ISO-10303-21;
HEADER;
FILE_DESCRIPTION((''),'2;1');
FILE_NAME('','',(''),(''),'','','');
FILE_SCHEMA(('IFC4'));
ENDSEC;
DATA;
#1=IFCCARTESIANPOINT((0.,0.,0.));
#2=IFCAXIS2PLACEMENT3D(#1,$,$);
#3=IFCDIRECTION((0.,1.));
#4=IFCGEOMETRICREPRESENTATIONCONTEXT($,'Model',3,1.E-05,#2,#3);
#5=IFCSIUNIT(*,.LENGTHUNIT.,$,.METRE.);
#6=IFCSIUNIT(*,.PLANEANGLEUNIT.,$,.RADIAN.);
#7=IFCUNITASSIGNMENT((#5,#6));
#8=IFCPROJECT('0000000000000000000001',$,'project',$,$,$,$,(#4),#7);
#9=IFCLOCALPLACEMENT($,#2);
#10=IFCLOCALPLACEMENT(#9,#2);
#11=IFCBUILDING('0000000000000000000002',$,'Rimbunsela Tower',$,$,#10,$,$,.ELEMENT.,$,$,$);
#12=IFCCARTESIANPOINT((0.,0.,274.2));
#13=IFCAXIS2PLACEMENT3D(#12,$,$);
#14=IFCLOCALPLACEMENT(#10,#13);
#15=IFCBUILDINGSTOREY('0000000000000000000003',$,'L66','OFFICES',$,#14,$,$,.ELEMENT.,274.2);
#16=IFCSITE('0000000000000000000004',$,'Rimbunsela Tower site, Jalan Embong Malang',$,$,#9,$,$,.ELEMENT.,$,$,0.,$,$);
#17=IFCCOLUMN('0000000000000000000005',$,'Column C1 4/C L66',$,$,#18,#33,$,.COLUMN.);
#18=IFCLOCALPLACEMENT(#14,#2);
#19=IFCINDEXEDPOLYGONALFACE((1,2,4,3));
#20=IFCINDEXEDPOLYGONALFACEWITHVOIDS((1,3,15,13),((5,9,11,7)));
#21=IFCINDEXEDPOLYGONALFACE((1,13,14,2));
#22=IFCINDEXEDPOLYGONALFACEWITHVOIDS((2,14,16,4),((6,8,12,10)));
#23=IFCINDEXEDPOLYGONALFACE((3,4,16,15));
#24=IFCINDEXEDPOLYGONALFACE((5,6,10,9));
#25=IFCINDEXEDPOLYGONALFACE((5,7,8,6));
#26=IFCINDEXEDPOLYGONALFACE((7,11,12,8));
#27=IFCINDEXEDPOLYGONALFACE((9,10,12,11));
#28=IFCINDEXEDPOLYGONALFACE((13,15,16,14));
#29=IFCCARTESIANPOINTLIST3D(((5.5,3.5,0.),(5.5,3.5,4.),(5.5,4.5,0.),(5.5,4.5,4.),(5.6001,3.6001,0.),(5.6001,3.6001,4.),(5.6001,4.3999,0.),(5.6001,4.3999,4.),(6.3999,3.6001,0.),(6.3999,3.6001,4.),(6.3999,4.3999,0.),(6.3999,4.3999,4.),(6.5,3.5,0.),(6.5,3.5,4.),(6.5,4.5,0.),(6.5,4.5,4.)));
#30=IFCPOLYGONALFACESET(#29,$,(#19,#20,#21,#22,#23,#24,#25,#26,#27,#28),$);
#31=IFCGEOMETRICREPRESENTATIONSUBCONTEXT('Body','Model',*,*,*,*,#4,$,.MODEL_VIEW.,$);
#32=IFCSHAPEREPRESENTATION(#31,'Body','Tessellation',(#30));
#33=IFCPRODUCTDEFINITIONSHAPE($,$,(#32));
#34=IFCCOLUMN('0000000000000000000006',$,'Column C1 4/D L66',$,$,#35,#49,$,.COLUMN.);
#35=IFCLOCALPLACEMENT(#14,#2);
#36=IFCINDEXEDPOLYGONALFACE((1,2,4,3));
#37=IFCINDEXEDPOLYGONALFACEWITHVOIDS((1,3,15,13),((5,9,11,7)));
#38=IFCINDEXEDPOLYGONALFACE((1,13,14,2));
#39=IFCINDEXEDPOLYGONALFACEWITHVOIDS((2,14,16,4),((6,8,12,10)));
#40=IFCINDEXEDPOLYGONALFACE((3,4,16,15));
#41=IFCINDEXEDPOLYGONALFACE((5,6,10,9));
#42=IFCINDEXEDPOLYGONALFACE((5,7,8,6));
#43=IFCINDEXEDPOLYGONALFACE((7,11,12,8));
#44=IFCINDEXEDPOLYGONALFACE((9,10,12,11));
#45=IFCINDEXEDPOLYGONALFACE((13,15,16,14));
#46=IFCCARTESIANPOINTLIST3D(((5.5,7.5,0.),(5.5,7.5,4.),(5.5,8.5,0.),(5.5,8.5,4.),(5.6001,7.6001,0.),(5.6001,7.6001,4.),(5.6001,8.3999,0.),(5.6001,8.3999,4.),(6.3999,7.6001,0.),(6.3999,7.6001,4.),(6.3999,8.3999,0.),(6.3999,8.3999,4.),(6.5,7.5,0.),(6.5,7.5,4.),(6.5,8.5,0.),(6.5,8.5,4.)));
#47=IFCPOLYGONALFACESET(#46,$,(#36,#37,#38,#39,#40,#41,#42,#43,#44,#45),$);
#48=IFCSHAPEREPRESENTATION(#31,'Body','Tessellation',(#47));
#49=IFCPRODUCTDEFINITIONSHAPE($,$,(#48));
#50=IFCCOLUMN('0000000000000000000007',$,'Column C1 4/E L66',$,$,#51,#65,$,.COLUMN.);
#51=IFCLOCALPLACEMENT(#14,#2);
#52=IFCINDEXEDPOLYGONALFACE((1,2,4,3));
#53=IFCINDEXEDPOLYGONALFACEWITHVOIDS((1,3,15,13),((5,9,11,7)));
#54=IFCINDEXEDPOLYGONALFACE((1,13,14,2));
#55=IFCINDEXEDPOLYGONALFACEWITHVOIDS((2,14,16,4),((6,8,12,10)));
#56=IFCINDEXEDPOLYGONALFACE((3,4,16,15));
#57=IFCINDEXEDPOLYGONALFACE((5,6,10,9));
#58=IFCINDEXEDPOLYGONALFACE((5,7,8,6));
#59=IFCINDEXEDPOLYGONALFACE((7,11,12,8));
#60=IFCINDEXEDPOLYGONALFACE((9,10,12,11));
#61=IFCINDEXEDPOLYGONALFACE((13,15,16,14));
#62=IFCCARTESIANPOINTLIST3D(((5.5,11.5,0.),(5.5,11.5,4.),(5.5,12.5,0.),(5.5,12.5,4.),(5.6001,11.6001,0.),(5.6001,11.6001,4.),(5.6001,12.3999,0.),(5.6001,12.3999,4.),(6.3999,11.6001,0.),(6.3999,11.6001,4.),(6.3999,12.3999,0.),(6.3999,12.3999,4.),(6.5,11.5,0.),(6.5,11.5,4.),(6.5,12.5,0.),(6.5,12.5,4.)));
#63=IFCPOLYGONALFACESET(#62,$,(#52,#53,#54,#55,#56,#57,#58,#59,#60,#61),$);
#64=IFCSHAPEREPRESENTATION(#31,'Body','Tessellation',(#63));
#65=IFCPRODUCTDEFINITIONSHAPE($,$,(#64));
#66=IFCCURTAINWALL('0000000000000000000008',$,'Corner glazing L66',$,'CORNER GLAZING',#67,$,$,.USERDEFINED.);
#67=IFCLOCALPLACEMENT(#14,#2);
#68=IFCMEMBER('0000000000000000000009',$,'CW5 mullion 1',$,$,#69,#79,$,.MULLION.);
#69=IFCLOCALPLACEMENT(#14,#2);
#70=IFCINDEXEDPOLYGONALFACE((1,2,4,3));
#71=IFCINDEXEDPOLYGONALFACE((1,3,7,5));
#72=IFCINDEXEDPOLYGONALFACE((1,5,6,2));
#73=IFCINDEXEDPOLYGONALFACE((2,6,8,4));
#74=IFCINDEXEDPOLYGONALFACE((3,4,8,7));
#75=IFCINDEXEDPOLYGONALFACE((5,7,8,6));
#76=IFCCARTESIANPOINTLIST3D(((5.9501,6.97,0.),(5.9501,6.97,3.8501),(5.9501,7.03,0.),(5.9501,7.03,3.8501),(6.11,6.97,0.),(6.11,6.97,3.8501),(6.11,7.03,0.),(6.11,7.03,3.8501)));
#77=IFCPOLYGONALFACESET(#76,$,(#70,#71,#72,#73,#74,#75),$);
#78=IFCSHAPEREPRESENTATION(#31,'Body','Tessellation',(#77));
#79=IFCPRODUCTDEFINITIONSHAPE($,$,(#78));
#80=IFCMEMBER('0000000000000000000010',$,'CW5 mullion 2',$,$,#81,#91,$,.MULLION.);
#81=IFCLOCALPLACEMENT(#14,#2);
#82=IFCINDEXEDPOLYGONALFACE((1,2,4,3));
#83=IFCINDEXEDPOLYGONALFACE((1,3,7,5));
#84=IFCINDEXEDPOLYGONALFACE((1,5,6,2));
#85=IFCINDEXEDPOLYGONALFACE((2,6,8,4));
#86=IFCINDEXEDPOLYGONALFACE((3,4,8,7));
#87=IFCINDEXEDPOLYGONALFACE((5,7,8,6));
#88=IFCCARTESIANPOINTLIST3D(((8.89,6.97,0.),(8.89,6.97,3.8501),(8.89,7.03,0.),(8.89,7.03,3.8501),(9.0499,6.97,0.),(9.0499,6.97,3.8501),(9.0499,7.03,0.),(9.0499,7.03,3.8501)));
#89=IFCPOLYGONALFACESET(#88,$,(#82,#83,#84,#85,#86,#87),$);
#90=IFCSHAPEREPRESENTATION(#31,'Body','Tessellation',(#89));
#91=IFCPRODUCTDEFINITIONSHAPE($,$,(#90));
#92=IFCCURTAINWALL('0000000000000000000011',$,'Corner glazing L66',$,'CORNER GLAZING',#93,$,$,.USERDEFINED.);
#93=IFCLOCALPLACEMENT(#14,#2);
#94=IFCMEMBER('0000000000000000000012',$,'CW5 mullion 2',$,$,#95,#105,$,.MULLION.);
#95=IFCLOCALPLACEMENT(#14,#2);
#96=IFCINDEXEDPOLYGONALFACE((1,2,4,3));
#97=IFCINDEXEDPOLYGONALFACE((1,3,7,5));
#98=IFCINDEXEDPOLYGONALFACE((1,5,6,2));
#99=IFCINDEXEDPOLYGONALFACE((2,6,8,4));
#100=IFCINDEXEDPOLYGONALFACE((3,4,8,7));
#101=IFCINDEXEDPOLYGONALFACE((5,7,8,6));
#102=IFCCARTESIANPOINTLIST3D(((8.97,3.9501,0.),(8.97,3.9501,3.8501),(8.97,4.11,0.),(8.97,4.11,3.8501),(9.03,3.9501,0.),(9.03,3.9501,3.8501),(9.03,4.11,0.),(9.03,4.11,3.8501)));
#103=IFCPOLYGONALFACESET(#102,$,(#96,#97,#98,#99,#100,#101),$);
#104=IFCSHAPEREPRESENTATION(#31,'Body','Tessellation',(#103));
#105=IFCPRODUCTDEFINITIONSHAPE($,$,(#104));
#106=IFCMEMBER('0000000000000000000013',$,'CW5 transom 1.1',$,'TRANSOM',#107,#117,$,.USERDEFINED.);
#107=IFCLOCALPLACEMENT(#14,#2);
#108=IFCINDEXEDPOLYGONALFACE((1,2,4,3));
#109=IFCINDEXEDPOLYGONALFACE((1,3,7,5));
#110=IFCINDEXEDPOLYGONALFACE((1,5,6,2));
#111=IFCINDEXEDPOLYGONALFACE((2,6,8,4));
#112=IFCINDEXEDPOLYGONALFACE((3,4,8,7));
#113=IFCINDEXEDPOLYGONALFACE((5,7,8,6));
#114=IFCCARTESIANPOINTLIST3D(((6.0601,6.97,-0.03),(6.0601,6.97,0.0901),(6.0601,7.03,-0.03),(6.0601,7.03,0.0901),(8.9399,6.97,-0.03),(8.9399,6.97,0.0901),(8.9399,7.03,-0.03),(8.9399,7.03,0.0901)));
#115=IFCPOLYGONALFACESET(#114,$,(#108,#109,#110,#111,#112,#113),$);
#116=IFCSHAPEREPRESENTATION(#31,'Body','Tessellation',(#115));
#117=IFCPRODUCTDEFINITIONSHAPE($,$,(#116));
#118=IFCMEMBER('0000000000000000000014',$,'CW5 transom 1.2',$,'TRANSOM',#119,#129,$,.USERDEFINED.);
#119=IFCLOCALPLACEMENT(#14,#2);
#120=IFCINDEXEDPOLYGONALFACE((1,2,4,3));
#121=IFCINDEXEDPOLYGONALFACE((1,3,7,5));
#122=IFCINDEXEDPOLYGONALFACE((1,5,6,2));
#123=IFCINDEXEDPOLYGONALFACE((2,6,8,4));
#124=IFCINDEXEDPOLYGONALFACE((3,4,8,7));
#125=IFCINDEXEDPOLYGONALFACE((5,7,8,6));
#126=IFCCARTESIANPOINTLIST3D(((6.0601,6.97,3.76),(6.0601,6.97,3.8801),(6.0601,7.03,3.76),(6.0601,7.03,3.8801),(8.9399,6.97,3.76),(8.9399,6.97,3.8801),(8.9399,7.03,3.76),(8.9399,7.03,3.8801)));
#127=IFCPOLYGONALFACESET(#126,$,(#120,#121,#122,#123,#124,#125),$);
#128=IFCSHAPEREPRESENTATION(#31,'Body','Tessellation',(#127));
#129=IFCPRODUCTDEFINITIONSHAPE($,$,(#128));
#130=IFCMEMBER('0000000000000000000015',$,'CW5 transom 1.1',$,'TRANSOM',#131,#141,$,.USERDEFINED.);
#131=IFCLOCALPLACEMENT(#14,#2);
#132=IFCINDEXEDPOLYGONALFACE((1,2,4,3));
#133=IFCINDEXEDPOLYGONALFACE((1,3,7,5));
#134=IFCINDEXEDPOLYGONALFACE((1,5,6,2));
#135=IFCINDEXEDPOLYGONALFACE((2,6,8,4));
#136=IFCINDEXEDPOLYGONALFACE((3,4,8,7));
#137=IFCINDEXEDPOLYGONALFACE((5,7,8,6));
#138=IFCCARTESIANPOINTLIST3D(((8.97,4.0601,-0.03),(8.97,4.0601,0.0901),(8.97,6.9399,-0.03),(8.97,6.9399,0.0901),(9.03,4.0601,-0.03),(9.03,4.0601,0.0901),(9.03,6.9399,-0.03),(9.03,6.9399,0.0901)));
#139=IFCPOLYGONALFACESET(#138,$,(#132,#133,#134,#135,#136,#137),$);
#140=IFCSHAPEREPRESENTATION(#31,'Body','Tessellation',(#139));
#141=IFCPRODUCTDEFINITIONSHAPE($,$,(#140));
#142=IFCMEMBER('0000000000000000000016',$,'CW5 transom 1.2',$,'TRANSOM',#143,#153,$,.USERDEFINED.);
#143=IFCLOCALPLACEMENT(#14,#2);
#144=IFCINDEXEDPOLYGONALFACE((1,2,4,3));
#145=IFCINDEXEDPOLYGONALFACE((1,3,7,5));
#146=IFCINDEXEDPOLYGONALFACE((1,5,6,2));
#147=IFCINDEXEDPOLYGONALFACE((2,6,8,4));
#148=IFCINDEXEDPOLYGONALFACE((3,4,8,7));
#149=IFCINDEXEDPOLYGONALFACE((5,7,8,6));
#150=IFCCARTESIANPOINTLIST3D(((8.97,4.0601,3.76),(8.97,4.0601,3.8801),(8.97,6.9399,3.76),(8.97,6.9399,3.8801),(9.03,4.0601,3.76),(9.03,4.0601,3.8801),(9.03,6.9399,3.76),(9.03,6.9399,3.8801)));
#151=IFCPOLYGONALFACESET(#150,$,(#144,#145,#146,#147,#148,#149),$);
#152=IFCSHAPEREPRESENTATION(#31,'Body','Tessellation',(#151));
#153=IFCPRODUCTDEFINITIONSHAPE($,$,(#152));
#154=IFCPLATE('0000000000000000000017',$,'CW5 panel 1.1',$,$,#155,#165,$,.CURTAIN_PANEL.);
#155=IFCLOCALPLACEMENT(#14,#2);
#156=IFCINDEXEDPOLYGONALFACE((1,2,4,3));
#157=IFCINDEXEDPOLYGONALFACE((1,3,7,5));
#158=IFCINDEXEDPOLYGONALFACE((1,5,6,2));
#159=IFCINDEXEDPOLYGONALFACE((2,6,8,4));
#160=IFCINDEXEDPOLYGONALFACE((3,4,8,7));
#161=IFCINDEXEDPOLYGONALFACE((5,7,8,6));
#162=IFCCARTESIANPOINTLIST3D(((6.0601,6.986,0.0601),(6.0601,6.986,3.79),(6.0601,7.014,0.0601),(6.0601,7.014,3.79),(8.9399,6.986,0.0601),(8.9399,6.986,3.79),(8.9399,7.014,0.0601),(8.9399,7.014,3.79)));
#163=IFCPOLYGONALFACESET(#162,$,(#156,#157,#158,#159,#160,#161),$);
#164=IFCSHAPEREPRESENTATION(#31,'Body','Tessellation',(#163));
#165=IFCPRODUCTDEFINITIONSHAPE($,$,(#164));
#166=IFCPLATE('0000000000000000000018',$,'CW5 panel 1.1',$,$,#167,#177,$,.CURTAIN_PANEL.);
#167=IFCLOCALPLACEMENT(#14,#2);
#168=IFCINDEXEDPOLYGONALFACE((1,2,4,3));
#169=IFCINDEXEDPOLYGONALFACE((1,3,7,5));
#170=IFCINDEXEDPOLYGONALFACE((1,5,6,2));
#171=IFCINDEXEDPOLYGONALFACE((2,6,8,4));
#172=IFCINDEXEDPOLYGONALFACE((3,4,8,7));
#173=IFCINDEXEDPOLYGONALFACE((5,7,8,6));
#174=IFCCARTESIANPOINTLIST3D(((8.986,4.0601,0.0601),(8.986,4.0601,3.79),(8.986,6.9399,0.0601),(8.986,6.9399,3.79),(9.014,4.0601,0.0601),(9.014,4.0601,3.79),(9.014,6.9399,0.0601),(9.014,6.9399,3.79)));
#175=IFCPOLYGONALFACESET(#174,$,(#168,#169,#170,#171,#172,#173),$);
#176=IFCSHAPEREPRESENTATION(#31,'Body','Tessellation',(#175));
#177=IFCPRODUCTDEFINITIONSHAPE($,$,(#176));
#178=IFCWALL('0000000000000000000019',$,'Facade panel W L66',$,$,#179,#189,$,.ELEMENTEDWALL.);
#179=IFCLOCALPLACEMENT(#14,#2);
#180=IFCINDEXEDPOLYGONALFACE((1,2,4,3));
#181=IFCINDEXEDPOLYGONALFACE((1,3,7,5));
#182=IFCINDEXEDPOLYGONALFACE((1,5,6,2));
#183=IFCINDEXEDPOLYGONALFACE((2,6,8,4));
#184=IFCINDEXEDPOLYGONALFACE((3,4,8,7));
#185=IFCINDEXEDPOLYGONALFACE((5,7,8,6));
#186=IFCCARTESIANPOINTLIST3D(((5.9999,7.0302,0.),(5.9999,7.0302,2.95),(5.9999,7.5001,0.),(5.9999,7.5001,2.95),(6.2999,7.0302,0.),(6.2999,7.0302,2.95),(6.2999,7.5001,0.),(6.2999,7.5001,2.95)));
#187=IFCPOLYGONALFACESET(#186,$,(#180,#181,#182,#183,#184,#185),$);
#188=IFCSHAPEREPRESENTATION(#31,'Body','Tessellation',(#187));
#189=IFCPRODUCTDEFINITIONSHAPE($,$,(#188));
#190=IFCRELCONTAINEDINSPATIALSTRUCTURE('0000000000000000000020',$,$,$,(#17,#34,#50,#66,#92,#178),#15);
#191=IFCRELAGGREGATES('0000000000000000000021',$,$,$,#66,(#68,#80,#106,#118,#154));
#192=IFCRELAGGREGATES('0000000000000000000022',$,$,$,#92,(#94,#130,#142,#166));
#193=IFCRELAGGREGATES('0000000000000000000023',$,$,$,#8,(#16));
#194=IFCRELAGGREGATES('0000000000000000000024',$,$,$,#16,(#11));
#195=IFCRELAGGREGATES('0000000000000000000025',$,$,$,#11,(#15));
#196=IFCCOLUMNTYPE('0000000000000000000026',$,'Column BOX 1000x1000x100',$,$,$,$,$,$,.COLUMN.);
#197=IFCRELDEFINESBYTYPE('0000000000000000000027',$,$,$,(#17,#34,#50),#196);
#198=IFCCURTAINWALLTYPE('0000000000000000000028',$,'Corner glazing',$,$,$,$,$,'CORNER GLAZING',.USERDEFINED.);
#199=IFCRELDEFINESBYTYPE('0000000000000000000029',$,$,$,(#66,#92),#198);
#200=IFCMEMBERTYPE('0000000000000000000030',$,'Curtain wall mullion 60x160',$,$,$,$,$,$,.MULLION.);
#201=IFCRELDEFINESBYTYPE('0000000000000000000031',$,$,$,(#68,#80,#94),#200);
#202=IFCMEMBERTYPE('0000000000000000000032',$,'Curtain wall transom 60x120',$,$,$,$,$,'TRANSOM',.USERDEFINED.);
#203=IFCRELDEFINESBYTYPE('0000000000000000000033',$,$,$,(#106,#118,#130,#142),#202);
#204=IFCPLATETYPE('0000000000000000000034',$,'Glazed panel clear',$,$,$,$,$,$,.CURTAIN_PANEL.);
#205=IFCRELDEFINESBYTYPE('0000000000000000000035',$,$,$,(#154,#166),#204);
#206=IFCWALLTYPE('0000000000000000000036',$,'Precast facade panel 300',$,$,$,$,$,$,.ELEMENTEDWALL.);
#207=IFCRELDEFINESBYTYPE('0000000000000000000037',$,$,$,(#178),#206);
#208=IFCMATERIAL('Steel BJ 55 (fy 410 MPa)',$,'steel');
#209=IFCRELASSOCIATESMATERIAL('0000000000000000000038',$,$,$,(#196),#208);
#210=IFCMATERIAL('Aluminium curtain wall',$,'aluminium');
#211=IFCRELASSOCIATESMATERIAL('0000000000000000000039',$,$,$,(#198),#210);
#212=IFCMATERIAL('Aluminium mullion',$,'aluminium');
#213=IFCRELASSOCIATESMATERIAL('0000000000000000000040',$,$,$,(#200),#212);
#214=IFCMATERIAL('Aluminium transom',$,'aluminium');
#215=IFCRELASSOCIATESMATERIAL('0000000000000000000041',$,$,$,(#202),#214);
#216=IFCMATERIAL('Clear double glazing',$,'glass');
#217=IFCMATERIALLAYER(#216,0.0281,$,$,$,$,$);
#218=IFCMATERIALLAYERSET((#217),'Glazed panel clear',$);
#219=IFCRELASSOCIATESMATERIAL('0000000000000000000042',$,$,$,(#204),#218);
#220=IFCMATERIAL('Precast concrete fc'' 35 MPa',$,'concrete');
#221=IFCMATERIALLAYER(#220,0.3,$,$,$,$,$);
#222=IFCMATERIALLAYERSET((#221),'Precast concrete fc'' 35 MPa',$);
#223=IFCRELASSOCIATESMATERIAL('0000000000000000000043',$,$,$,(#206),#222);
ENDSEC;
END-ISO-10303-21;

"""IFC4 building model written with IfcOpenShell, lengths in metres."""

from ifc_helpers import new_model, si_unit, direction, frame, frame_2d, origin, origin_2d, place, context, subcontext, project, spatial, rectangle, hollow_rectangle, extrude, material, layer, layer_set, material_profile, profile_set, type_object, element, aggregate, save


model = new_model("IFC4")

# Units and contexts
model_context = context("Model", 3, precision=1e-05, world=origin(), true_north=direction((0.0, 1.0)))
body_context = subcontext(model_context, "Body", "Model", "MODEL_VIEW")
ifc_project = project(units=[si_unit("LENGTHUNIT", "METRE"), si_unit("PLANEANGLEUNIT", "RADIAN")], contexts=[model_context])

# Site, building, storey
site_placement = place(None, origin())
site = spatial("IfcSite", under=ifc_project, at=site_placement, Name="Rimbunsela Tower site, Jalan Embong Malang", CompositionType="ELEMENT", RefElevation=0.0)
building_placement = place(site_placement, origin())
building = spatial("IfcBuilding", under=site, at=building_placement, Name="Rimbunsela Tower", CompositionType="ELEMENT")
storey_placement = place(building_placement, frame((0.0, 0.0, 274.2)))
storey = spatial("IfcBuildingStorey", under=building, at=storey_placement, Name="L66", Description="OFFICES", CompositionType="ELEMENT", Elevation=274.2)

# Columns
ifc_material_1 = material(Name="Steel BJ 55 (fy 410 MPa)", Category="steel")
ifc_material_profile_1 = material_profile(ifc_material_1, hollow_rectangle(XDim=1.0, YDim=1.0, WallThickness=0.1001, at=origin_2d()), Name="BOX 1000x1000x100")
ifc_profile_set_1 = profile_set([ifc_material_profile_1], Name="Steel BJ 55 (fy 410 MPa)")
column_type = type_object("IfcColumnType", Name="Column BOX 1000x1000x100", PredefinedType="COLUMN", material=ifc_profile_set_1)
for number, where, z_axis, x_axis, name in (
    (1, (6.0, 4.0, 0.0), (0.0, 0.0, 1.0), (1.0, 0.0, 0.0), "Column C1 4/C L66"),
    (2, (6.0, 8.0, 0.0), (0.0, 0.0, 1.0), (1.0, 0.0, 0.0), "Column C1 4/D L66"),
    (3, (6.0, 12.0, 0.0), (0.0, 0.0, 1.0), (1.0, 0.0, 0.0), "Column C1 4/E L66"),
):
    element("IfcColumn", number, at=place(storey_placement, frame(where, z_axis=z_axis, x_axis=x_axis)), inside=storey, type_object=column_type, Name=name, PredefinedType="COLUMN", context=body_context, shape_type="SweptSolid", body=[
        extrude(hollow_rectangle(XDim=1.0, YDim=1.0, WallThickness=0.1001, at=origin_2d()), origin(), (0.0, 0.0, 1.0), 4.0),
    ])

# Curtain wall, members
ifc_material_2 = material(Name="Aluminium curtain wall", Category="aluminium")
curtain_wall_type = type_object("IfcCurtainWallType", Name="Corner glazing", ElementType="CORNER GLAZING", PredefinedType="USERDEFINED", material=ifc_material_2)
curtain_wall_1_placement = place(storey_placement, origin())
curtain_wall_1 = element("IfcCurtainWall", 4, at=curtain_wall_1_placement, inside=storey, type_object=curtain_wall_type, Name="Corner glazing L66", ObjectType="CORNER GLAZING", PredefinedType="USERDEFINED")
ifc_material_3 = material(Name="Aluminium mullion", Category="aluminium")
ifc_material_profile_2 = material_profile(ifc_material_3, rectangle(XDim=0.0601, YDim=0.1599, at=origin_2d()), Name="Mullion 60x160")
ifc_profile_set_2 = profile_set([ifc_material_profile_2], Name="Aluminium mullion")
member_type_1 = type_object("IfcMemberType", Name="Curtain wall mullion 60x160", PredefinedType="MULLION", material=ifc_profile_set_2)
member_1_placement = place(storey_placement, frame((6.03, 7.0, 0.0), z_axis=(0.0, 0.0, 1.0), x_axis=(0.0, 1.0, 0.0)))
member_1 = element("IfcMember", 5, at=member_1_placement, type_object=member_type_1, Name="CW5 mullion 1", PredefinedType="MULLION", context=body_context, shape_type="SweptSolid", body=[
    extrude(rectangle(XDim=0.0601, YDim=0.1599, at=origin_2d()), origin(), (0.0, 0.0, 1.0), 3.8501),
])
member_2_placement = place(storey_placement, frame((8.97, 7.0, 0.0), z_axis=(0.0, 0.0, 1.0), x_axis=(0.0, 1.0, 0.0)))
member_2 = element("IfcMember", 6, at=member_2_placement, type_object=member_type_1, Name="CW5 mullion 2", PredefinedType="MULLION", context=body_context, shape_type="SweptSolid", body=[
    extrude(rectangle(XDim=0.0601, YDim=0.1599, at=origin_2d()), origin(), (0.0, 0.0, 1.0), 3.8501),
])

# Curtain wall, member
curtain_wall_2_placement = place(storey_placement, origin())
curtain_wall_2 = element("IfcCurtainWall", 7, at=curtain_wall_2_placement, inside=storey, type_object=curtain_wall_type, Name="Corner glazing L66", ObjectType="CORNER GLAZING", PredefinedType="USERDEFINED")
member_3_placement = place(storey_placement, frame((9.0, 4.03, 0.0), z_axis=(0.0, 0.0, 1.0), x_axis=(1.0, 0.0, 0.0)))
member_3 = element("IfcMember", 8, at=member_3_placement, type_object=member_type_1, Name="CW5 mullion 2", PredefinedType="MULLION", context=body_context, shape_type="SweptSolid", body=[
    extrude(rectangle(XDim=0.0601, YDim=0.1599, at=origin_2d()), origin(), (0.0, 0.0, 1.0), 3.8501),
])

# Members
ifc_material_4 = material(Name="Aluminium transom", Category="aluminium")
ifc_material_profile_3 = material_profile(ifc_material_4, rectangle(XDim=0.0601, YDim=0.1201, at=origin_2d()), Name="Transom 60x120")
ifc_profile_set_3 = profile_set([ifc_material_profile_3], Name="Aluminium transom")
member_type_2 = type_object("IfcMemberType", Name="Curtain wall transom 60x120", ElementType="TRANSOM", PredefinedType="USERDEFINED", material=ifc_profile_set_3)
member_4_placement = place(storey_placement, frame((6.0601, 7.0, 0.03), z_axis=(1.0, 0.0, 0.0), x_axis=(0.0, 1.0, 0.0)))
member_4 = element("IfcMember", 9, at=member_4_placement, type_object=member_type_2, Name="CW5 transom 1.1", ObjectType="TRANSOM", PredefinedType="USERDEFINED", context=body_context, shape_type="SweptSolid", body=[
    extrude(rectangle(XDim=0.0601, YDim=0.1201, at=origin_2d()), origin(), (0.0, 0.0, 1.0), 2.8799),
])
member_5_placement = place(storey_placement, frame((6.0601, 7.0, 3.8201), z_axis=(1.0, 0.0, 0.0), x_axis=(0.0, 1.0, 0.0)))
member_5 = element("IfcMember", 10, at=member_5_placement, type_object=member_type_2, Name="CW5 transom 1.2", ObjectType="TRANSOM", PredefinedType="USERDEFINED", context=body_context, shape_type="SweptSolid", body=[
    extrude(rectangle(XDim=0.0601, YDim=0.1201, at=origin_2d()), origin(), (0.0, 0.0, 1.0), 2.8799),
])
member_6_placement = place(storey_placement, frame((9.0, 6.9399, 0.03), z_axis=(0.0, -1.0, 0.0), x_axis=(1.0, 0.0, 0.0)))
member_6 = element("IfcMember", 11, at=member_6_placement, type_object=member_type_2, Name="CW5 transom 1.1", ObjectType="TRANSOM", PredefinedType="USERDEFINED", context=body_context, shape_type="SweptSolid", body=[
    extrude(rectangle(XDim=0.0601, YDim=0.1201, at=origin_2d()), origin(), (0.0, 0.0, 1.0), 2.8799),
])
member_7_placement = place(storey_placement, frame((9.0, 6.9399, 3.8201), z_axis=(0.0, -1.0, 0.0), x_axis=(1.0, 0.0, 0.0)))
member_7 = element("IfcMember", 12, at=member_7_placement, type_object=member_type_2, Name="CW5 transom 1.2", ObjectType="TRANSOM", PredefinedType="USERDEFINED", context=body_context, shape_type="SweptSolid", body=[
    extrude(rectangle(XDim=0.0601, YDim=0.1201, at=origin_2d()), origin(), (0.0, 0.0, 1.0), 2.8799),
])

# Plates
ifc_material_5 = material(Name="Clear double glazing", Category="glass")
ifc_layer_1 = layer(ifc_material_5, 0.0281)
ifc_layer_set_1 = layer_set([ifc_layer_1], Name="Glazed panel clear")
plate_type = type_object("IfcPlateType", Name="Glazed panel clear", PredefinedType="CURTAIN_PANEL", material=ifc_layer_set_1)
plate_1_placement = place(storey_placement, frame((7.5, 7.0, 0.0601), z_axis=(0.0, 0.0, 1.0), x_axis=(1.0, 0.0, 0.0)))
plate_1 = element("IfcPlate", 13, at=plate_1_placement, type_object=plate_type, Name="CW5 panel 1.1", PredefinedType="CURTAIN_PANEL", context=body_context, shape_type="SweptSolid", body=[
    extrude(rectangle(XDim=2.8799, YDim=0.0281, at=origin_2d()), origin(), (0.0, 0.0, 1.0), 3.73),
])
aggregate(curtain_wall_1, [member_1, member_2, member_4, member_5, plate_1])
plate_2_placement = place(storey_placement, frame((9.0, 5.5, 0.0601), z_axis=(0.0, 0.0, 1.0), x_axis=(0.0, -1.0, 0.0)))
plate_2 = element("IfcPlate", 14, at=plate_2_placement, type_object=plate_type, Name="CW5 panel 1.1", PredefinedType="CURTAIN_PANEL", context=body_context, shape_type="SweptSolid", body=[
    extrude(rectangle(XDim=2.8799, YDim=0.0281, at=origin_2d()), origin(), (0.0, 0.0, 1.0), 3.73),
])
aggregate(curtain_wall_2, [member_3, member_6, member_7, plate_2])

# Wall
ifc_material_6 = material(Name="Precast concrete fc' 35 MPa", Category="concrete")
ifc_layer_2 = layer(ifc_material_6, 0.3)
ifc_layer_set_2 = layer_set([ifc_layer_2], Name="Precast concrete fc' 35 MPa")
wall_type = type_object("IfcWallType", Name="Precast facade panel 300", PredefinedType="ELEMENTEDWALL", material=ifc_layer_set_2)
wall_1_placement = place(storey_placement, frame((6.1499, 7.5, 0.0), z_axis=(0.0, 0.0, 1.0), x_axis=(0.0, -1.0, 0.0)))
element("IfcWall", 15, at=wall_1_placement, inside=storey, type_object=wall_type, Name="Facade panel W L66", PredefinedType="ELEMENTEDWALL", context=body_context, shape_type="SweptSolid", body=[
    extrude(rectangle(XDim=0.47, YDim=0.3, at=frame_2d((0.2349, 0.0))), origin(), (0.0, 0.0, 1.0), 2.95),
])

save(model, "model.ifc")
